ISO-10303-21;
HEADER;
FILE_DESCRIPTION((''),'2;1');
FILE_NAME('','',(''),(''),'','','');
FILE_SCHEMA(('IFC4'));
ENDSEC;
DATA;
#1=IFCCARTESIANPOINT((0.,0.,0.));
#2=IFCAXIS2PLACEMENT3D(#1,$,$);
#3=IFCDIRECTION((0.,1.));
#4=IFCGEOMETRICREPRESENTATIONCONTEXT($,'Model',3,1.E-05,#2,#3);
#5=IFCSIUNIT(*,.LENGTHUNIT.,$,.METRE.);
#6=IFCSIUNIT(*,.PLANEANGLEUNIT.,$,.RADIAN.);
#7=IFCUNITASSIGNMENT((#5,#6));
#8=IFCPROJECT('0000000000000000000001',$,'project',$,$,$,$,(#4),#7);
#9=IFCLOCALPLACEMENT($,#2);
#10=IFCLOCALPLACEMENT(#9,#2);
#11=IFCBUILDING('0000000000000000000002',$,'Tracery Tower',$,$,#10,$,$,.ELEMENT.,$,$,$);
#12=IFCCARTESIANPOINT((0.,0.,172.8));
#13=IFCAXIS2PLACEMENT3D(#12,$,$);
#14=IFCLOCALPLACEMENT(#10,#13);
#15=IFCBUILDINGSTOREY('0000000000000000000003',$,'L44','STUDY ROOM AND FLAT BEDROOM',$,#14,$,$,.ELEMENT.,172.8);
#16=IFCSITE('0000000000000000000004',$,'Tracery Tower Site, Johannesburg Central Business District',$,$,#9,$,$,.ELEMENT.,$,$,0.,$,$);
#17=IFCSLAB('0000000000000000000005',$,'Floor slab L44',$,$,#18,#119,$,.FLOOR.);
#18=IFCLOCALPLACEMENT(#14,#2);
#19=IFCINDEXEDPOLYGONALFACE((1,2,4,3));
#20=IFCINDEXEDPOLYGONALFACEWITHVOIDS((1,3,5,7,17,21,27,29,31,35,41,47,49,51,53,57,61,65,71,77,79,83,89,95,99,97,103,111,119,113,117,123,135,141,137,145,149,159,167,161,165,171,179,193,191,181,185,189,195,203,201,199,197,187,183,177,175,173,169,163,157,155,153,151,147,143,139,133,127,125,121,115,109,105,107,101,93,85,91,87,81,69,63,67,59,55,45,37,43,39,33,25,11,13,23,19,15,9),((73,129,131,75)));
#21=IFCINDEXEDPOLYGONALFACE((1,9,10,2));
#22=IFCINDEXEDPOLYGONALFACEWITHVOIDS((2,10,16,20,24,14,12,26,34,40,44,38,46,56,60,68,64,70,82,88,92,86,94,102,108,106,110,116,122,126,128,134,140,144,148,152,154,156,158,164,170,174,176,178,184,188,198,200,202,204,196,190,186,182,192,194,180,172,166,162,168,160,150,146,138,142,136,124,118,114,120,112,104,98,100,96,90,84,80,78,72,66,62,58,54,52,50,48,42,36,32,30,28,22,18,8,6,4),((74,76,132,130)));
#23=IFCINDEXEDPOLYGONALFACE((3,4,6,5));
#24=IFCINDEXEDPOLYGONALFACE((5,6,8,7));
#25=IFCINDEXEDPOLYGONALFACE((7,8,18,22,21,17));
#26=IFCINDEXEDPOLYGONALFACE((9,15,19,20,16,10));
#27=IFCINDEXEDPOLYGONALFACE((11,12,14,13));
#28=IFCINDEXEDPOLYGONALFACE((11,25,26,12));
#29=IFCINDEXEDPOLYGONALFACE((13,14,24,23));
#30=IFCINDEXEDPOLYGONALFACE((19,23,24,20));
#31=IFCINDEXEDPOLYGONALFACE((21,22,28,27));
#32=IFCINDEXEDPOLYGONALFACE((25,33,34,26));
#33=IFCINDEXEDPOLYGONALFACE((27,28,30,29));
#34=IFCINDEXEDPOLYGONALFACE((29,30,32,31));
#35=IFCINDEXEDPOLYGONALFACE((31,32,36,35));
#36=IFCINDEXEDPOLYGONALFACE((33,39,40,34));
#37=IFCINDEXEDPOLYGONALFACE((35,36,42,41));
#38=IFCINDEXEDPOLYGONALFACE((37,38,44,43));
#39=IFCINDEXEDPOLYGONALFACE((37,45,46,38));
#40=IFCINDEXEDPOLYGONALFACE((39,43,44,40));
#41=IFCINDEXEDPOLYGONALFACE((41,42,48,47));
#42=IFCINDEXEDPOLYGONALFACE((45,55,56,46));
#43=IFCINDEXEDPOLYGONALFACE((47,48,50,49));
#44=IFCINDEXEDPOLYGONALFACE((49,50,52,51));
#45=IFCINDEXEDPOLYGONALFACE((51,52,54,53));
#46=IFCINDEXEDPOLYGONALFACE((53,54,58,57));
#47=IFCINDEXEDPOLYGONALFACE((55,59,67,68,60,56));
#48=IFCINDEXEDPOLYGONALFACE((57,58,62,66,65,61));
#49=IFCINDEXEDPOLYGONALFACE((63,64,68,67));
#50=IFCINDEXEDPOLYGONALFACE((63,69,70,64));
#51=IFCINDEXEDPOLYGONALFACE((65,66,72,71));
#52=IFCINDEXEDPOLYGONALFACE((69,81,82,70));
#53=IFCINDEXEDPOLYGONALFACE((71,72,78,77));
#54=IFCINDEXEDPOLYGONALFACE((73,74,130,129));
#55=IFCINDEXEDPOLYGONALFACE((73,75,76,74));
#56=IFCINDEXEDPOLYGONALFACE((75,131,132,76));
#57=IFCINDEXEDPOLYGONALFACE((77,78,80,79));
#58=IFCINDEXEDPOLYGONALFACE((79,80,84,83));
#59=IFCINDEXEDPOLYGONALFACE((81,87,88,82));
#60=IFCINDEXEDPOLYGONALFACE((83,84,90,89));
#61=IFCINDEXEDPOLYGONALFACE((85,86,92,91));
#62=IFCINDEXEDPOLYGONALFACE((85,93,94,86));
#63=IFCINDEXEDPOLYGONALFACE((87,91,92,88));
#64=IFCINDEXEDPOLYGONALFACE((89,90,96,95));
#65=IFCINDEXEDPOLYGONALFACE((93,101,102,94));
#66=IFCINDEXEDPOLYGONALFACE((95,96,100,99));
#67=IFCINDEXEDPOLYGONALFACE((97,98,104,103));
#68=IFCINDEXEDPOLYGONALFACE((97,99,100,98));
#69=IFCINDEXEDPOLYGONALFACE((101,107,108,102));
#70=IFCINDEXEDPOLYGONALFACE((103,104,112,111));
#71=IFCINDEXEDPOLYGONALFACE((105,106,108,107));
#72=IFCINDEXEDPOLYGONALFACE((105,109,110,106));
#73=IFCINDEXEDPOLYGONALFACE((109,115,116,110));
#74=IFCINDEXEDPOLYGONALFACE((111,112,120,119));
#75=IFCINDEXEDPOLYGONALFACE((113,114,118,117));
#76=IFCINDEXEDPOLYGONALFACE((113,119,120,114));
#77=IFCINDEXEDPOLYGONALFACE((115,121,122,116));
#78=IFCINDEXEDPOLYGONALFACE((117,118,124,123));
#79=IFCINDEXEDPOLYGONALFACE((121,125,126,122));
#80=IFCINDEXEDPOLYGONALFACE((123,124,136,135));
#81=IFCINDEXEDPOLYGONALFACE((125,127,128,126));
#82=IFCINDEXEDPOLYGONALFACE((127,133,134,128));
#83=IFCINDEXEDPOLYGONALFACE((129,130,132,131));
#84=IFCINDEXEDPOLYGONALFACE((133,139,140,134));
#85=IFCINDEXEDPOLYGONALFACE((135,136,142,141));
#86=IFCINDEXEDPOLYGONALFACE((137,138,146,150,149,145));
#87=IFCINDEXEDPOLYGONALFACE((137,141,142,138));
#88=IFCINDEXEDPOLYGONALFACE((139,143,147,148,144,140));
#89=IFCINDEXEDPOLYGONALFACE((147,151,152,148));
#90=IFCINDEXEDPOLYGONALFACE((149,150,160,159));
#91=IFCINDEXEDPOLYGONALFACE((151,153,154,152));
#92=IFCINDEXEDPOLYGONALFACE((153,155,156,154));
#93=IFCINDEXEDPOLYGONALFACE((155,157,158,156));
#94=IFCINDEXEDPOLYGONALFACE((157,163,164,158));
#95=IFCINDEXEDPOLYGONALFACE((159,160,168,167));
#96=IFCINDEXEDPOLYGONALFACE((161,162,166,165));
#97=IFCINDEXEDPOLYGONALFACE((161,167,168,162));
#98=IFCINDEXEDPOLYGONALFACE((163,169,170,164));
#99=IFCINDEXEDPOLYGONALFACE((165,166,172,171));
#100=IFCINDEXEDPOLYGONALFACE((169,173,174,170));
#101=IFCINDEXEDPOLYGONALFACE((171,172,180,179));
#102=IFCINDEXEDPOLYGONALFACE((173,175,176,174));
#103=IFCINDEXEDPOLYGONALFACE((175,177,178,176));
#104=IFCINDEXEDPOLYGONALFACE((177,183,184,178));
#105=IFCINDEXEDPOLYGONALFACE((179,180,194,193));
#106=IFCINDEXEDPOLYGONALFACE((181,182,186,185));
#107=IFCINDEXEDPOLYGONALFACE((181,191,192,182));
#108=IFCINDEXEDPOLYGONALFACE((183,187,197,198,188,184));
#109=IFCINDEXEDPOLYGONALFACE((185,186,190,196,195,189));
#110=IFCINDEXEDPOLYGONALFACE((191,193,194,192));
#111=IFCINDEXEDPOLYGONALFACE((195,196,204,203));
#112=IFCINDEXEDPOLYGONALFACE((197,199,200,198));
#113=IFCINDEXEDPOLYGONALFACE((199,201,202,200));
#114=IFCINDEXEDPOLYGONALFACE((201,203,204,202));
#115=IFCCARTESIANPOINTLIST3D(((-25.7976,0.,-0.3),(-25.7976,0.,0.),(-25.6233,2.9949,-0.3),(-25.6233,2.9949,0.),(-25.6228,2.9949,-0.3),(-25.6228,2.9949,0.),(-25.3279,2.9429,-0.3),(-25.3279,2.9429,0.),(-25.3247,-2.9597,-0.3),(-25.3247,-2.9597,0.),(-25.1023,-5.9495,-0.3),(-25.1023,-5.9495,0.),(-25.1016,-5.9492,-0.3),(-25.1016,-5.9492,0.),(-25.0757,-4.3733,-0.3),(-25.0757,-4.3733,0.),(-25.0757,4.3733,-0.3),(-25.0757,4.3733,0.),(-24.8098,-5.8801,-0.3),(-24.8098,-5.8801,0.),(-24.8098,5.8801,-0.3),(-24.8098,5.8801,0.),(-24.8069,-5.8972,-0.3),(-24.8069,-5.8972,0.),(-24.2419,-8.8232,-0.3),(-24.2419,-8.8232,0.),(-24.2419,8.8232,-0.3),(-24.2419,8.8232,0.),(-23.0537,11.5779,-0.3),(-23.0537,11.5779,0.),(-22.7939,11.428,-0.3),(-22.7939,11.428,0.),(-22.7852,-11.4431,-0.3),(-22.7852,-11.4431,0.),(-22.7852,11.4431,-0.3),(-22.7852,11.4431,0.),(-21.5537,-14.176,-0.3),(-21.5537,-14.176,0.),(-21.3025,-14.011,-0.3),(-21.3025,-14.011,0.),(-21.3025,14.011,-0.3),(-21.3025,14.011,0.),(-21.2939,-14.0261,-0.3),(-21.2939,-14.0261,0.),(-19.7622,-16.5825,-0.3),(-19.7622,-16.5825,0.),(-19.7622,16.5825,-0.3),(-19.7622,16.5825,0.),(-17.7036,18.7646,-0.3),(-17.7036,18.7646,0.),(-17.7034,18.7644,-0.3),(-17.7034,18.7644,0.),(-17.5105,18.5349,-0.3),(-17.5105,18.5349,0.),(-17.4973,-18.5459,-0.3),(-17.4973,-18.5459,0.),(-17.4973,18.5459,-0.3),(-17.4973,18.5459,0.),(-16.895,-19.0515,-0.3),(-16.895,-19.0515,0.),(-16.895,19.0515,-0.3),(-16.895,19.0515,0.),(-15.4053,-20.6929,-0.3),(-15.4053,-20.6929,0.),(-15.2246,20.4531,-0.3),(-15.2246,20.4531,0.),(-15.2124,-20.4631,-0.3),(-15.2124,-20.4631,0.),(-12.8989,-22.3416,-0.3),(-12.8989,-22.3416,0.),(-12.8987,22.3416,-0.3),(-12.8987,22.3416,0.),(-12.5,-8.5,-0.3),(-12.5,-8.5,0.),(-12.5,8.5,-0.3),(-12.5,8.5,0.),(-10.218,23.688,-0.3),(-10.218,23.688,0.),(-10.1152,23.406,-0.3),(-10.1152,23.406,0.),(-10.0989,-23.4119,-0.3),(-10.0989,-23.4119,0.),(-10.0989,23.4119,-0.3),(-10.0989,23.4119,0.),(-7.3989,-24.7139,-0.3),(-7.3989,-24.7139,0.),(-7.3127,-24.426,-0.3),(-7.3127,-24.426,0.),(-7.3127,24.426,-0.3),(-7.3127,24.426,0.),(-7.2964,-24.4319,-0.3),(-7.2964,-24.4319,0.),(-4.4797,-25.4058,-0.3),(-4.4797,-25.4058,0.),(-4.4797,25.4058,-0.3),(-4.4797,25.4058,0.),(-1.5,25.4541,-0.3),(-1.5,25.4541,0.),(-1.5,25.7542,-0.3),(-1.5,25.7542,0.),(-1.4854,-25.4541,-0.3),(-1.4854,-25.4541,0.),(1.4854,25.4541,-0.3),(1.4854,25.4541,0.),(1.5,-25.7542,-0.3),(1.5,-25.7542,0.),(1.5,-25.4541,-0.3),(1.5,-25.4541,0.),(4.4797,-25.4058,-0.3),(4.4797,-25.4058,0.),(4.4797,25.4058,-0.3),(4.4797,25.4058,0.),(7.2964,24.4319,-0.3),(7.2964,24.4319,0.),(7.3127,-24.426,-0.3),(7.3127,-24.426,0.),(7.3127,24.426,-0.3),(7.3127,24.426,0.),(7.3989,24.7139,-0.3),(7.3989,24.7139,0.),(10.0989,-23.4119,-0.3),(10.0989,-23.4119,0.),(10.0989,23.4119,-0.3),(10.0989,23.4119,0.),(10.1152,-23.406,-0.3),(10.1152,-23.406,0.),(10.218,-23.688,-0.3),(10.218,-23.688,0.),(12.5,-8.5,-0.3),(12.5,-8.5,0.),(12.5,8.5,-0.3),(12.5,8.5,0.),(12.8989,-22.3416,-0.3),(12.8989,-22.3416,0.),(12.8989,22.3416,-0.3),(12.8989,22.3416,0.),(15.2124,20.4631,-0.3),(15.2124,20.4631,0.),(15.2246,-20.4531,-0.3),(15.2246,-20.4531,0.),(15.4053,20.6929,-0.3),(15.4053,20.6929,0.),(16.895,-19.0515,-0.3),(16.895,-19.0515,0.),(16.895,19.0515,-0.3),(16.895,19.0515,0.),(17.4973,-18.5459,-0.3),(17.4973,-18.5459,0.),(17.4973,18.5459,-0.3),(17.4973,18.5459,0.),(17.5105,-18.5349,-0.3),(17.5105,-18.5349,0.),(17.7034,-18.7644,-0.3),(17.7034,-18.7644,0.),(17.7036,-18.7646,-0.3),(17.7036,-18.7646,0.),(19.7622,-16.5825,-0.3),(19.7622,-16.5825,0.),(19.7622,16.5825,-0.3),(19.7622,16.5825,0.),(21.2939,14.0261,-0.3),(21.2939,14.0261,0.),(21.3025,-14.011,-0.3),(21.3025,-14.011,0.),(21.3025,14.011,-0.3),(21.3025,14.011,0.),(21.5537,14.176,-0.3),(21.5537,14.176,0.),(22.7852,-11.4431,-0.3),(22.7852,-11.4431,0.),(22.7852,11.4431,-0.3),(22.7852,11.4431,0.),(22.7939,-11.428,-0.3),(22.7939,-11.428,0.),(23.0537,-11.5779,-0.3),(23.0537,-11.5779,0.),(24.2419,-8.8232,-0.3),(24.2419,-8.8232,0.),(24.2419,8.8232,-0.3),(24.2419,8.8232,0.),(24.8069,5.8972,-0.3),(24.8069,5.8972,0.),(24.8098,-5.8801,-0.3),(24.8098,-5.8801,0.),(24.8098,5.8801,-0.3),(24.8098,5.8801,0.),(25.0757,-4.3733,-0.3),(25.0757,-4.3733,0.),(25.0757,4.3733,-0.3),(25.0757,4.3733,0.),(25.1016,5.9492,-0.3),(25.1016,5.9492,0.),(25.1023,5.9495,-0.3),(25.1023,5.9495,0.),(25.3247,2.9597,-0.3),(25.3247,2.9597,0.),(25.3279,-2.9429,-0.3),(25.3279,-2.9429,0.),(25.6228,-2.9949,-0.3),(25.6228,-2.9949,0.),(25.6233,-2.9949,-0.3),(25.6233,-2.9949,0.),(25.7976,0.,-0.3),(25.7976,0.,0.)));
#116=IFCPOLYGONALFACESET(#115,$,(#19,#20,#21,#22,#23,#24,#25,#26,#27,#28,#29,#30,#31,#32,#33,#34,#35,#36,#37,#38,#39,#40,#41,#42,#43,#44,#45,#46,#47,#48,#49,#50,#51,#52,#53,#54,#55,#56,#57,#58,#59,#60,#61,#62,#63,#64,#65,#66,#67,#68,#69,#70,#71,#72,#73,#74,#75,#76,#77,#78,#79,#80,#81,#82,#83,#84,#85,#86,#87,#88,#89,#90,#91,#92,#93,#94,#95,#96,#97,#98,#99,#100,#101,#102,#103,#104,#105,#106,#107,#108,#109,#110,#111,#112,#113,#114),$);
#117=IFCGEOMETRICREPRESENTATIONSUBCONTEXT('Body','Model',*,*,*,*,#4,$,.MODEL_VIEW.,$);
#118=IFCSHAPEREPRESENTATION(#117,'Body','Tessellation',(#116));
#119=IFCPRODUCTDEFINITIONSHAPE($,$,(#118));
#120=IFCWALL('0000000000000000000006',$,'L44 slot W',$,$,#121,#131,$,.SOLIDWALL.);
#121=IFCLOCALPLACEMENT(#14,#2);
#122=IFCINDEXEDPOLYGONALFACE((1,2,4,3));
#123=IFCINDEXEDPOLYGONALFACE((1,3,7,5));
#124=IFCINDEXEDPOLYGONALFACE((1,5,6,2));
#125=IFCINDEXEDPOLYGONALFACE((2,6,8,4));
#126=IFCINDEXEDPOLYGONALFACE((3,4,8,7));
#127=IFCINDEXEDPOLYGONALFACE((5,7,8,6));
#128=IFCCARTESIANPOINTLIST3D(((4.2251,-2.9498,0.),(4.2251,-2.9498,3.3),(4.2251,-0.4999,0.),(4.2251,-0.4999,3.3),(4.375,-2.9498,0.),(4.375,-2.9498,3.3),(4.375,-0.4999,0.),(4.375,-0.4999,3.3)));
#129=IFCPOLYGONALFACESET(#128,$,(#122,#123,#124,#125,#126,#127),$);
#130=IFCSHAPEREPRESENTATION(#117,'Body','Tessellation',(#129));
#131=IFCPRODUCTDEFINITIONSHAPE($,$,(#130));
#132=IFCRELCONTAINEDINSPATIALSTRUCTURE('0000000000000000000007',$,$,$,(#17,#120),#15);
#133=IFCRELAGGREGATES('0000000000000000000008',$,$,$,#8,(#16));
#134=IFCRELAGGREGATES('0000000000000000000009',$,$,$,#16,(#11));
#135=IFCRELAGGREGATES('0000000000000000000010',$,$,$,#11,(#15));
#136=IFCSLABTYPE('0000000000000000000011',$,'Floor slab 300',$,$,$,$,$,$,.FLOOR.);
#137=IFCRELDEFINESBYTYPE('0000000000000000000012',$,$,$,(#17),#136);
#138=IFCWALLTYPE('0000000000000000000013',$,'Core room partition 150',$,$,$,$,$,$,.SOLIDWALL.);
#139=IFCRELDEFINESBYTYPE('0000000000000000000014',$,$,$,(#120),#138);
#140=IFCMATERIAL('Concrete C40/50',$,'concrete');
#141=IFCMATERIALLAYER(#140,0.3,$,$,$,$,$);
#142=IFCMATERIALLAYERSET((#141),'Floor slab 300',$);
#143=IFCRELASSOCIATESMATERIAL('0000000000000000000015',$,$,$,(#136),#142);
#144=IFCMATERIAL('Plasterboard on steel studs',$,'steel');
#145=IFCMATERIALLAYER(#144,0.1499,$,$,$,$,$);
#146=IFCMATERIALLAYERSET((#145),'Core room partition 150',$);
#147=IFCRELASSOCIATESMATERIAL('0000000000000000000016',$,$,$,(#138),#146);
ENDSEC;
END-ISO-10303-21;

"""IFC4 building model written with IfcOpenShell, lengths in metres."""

from ifc_helpers import new_model, si_unit, direction, frame, frame_2d, origin, place, context, subcontext, project, spatial, polyline, rectangle, outline, extrude, material, layer, layer_set, type_object, element, save


model = new_model("IFC4")

# Units and contexts
model_context = context("Model", 3, precision=1e-05, world=origin(), true_north=direction((0.0, 1.0)))
body_context = subcontext(model_context, "Body", "Model", "MODEL_VIEW")
ifc_project = project(units=[si_unit("LENGTHUNIT", "METRE"), si_unit("PLANEANGLEUNIT", "RADIAN")], contexts=[model_context])

# Site, building, storey
site_placement = place(None, origin())
site = spatial("IfcSite", under=ifc_project, at=site_placement, Name="Tracery Tower Site, Johannesburg Central Business District", CompositionType="ELEMENT", RefElevation=0.0)
building_placement = place(site_placement, origin())
building = spatial("IfcBuilding", under=site, at=building_placement, Name="Tracery Tower", CompositionType="ELEMENT")
storey_placement = place(building_placement, frame((0.0, 0.0, 172.8)))
storey = spatial("IfcBuildingStorey", under=building, at=storey_placement, Name="L44", Description="STUDY ROOM AND FLAT BEDROOM", CompositionType="ELEMENT", Elevation=172.8)

# Slab
ifc_material_1 = material(Name="Concrete C40/50", Category="concrete")
ifc_layer_1 = layer(ifc_material_1, 0.3)
ifc_layer_set_1 = layer_set([ifc_layer_1], Name="Floor slab 300")
slab_type_1 = type_object("IfcSlabType", Name="Floor slab 300", PredefinedType="FLOOR", material=ifc_layer_set_1)
slab_1_placement = place(storey_placement, frame((0.0, 0.0, -0.3)))
element("IfcSlab", 1, at=slab_1_placement, inside=storey, type_object=slab_type_1, Name="Floor slab L44", PredefinedType="FLOOR", context=body_context, shape_type="SweptSolid", body=[
    extrude(outline(polyline([(25.3247, 2.9597), (25.0757, 4.3733), (24.8098, 5.8801), (24.8098, 5.8801), (24.8069, 5.8972), (25.1016, 5.9492), (25.1023, 5.9495), (24.2419, 8.8232), (22.7852, 11.4431), (21.3025, 14.011), (21.3025, 14.011), (21.2939, 14.0261), (21.5537, 14.176), (21.5537, 14.176), (19.7622, 16.5825), (17.4973, 18.5459), (16.895, 19.0515), (15.2124, 20.4631), (15.4053, 20.6929), (12.8989, 22.3416), (10.0989, 23.4119), (7.3127, 24.426), (7.3127, 24.426), (7.2964, 24.4319), (7.3989, 24.7139), (4.4797, 25.4058), (1.4854, 25.4541), (-1.5, 25.4541), (-1.5, 25.7542), (-4.4797, 25.4058), (-7.3127, 24.426), (-10.0989, 23.4119), (-10.0989, 23.4119), (-10.1152, 23.406), (-10.218, 23.688), (-12.8987, 22.3416), (-15.2246, 20.4531), (-16.895, 19.0515), (-17.4973, 18.5459), (-17.4973, 18.5459), (-17.5105, 18.5349), (-17.7034, 18.7644), (-17.7036, 18.7646), (-19.7622, 16.5825), (-21.3025, 14.011), (-22.7852, 11.4431), (-22.7852, 11.4431), (-22.7939, 11.428), (-23.0537, 11.5779), (-23.0537, 11.5779), (-24.2419, 8.8232), (-24.8098, 5.8801), (-25.0757, 4.3733), (-25.3279, 2.9429), (-25.6228, 2.9949), (-25.6233, 2.9949), (-25.7976, 0.0), (-25.3247, -2.9597), (-25.0757, -4.3733), (-24.8098, -5.8801), (-24.8098, -5.8801), (-24.8069, -5.8972), (-25.1016, -5.9492), (-25.1023, -5.9495), (-24.2419, -8.8232), (-22.7852, -11.4431), (-21.3025, -14.011), (-21.3025, -14.011), (-21.2939, -14.0261), (-21.5537, -14.176), (-21.5537, -14.176), (-19.7622, -16.5825), (-17.4973, -18.5459), (-16.895, -19.0515), (-15.2124, -20.4631), (-15.4053, -20.6929), (-12.8989, -22.3416), (-10.0989, -23.4119), (-7.3127, -24.426), (-7.3127, -24.426), (-7.2964, -24.4319), (-7.3989, -24.7139), (-4.4797, -25.4058), (-1.4854, -25.4541), (1.5, -25.4541), (1.5, -25.7542), (4.4797, -25.4058), (7.3127, -24.426), (10.0989, -23.4119), (10.0989, -23.4119), (10.1152, -23.406), (10.218, -23.688), (12.8989, -22.3416), (15.2246, -20.4531), (16.895, -19.0515), (17.4973, -18.5459), (17.4973, -18.5459), (17.5105, -18.5349), (17.7034, -18.7644), (17.7036, -18.7646), (19.7622, -16.5825), (21.3025, -14.011), (22.7852, -11.4431), (22.7852, -11.4431), (22.7939, -11.428), (23.0537, -11.5779), (23.0537, -11.5779), (24.2419, -8.8232), (24.8098, -5.8801), (25.0757, -4.3733), (25.3279, -2.9429), (25.6228, -2.9949), (25.6233, -2.9949), (25.7976, 0.0), (25.3247, 2.9597)]), holes=[polyline([(-12.5, -8.5), (12.5, -8.5), (12.5, 8.5), (-12.5, 8.5), (-12.5, -8.5)])]), origin(), (0.0, 0.0, 1.0), 0.3),
])

# Wall
ifc_material_2 = material(Name="Plasterboard on steel studs", Category="steel")
ifc_layer_2 = layer(ifc_material_2, 0.1499)
ifc_layer_set_2 = layer_set([ifc_layer_2], Name="Core room partition 150")
wall_type_1 = type_object("IfcWallType", Name="Core room partition 150", PredefinedType="SOLIDWALL", material=ifc_layer_set_2)
wall_1_placement = place(storey_placement, frame((4.3, -2.95, 0.0), z_axis=(0.0, 0.0, 1.0), x_axis=(0.0, 1.0, 0.0)))
element("IfcWall", 2, at=wall_1_placement, inside=storey, type_object=wall_type_1, Name="L44 slot W", PredefinedType="SOLIDWALL", context=body_context, shape_type="SweptSolid", body=[
    extrude(rectangle(XDim=2.45, YDim=0.1499, at=frame_2d((1.2251, 0.0))), origin(), (0.0, 0.0, 1.0), 3.3),
])

save(model, "model.ifc")
